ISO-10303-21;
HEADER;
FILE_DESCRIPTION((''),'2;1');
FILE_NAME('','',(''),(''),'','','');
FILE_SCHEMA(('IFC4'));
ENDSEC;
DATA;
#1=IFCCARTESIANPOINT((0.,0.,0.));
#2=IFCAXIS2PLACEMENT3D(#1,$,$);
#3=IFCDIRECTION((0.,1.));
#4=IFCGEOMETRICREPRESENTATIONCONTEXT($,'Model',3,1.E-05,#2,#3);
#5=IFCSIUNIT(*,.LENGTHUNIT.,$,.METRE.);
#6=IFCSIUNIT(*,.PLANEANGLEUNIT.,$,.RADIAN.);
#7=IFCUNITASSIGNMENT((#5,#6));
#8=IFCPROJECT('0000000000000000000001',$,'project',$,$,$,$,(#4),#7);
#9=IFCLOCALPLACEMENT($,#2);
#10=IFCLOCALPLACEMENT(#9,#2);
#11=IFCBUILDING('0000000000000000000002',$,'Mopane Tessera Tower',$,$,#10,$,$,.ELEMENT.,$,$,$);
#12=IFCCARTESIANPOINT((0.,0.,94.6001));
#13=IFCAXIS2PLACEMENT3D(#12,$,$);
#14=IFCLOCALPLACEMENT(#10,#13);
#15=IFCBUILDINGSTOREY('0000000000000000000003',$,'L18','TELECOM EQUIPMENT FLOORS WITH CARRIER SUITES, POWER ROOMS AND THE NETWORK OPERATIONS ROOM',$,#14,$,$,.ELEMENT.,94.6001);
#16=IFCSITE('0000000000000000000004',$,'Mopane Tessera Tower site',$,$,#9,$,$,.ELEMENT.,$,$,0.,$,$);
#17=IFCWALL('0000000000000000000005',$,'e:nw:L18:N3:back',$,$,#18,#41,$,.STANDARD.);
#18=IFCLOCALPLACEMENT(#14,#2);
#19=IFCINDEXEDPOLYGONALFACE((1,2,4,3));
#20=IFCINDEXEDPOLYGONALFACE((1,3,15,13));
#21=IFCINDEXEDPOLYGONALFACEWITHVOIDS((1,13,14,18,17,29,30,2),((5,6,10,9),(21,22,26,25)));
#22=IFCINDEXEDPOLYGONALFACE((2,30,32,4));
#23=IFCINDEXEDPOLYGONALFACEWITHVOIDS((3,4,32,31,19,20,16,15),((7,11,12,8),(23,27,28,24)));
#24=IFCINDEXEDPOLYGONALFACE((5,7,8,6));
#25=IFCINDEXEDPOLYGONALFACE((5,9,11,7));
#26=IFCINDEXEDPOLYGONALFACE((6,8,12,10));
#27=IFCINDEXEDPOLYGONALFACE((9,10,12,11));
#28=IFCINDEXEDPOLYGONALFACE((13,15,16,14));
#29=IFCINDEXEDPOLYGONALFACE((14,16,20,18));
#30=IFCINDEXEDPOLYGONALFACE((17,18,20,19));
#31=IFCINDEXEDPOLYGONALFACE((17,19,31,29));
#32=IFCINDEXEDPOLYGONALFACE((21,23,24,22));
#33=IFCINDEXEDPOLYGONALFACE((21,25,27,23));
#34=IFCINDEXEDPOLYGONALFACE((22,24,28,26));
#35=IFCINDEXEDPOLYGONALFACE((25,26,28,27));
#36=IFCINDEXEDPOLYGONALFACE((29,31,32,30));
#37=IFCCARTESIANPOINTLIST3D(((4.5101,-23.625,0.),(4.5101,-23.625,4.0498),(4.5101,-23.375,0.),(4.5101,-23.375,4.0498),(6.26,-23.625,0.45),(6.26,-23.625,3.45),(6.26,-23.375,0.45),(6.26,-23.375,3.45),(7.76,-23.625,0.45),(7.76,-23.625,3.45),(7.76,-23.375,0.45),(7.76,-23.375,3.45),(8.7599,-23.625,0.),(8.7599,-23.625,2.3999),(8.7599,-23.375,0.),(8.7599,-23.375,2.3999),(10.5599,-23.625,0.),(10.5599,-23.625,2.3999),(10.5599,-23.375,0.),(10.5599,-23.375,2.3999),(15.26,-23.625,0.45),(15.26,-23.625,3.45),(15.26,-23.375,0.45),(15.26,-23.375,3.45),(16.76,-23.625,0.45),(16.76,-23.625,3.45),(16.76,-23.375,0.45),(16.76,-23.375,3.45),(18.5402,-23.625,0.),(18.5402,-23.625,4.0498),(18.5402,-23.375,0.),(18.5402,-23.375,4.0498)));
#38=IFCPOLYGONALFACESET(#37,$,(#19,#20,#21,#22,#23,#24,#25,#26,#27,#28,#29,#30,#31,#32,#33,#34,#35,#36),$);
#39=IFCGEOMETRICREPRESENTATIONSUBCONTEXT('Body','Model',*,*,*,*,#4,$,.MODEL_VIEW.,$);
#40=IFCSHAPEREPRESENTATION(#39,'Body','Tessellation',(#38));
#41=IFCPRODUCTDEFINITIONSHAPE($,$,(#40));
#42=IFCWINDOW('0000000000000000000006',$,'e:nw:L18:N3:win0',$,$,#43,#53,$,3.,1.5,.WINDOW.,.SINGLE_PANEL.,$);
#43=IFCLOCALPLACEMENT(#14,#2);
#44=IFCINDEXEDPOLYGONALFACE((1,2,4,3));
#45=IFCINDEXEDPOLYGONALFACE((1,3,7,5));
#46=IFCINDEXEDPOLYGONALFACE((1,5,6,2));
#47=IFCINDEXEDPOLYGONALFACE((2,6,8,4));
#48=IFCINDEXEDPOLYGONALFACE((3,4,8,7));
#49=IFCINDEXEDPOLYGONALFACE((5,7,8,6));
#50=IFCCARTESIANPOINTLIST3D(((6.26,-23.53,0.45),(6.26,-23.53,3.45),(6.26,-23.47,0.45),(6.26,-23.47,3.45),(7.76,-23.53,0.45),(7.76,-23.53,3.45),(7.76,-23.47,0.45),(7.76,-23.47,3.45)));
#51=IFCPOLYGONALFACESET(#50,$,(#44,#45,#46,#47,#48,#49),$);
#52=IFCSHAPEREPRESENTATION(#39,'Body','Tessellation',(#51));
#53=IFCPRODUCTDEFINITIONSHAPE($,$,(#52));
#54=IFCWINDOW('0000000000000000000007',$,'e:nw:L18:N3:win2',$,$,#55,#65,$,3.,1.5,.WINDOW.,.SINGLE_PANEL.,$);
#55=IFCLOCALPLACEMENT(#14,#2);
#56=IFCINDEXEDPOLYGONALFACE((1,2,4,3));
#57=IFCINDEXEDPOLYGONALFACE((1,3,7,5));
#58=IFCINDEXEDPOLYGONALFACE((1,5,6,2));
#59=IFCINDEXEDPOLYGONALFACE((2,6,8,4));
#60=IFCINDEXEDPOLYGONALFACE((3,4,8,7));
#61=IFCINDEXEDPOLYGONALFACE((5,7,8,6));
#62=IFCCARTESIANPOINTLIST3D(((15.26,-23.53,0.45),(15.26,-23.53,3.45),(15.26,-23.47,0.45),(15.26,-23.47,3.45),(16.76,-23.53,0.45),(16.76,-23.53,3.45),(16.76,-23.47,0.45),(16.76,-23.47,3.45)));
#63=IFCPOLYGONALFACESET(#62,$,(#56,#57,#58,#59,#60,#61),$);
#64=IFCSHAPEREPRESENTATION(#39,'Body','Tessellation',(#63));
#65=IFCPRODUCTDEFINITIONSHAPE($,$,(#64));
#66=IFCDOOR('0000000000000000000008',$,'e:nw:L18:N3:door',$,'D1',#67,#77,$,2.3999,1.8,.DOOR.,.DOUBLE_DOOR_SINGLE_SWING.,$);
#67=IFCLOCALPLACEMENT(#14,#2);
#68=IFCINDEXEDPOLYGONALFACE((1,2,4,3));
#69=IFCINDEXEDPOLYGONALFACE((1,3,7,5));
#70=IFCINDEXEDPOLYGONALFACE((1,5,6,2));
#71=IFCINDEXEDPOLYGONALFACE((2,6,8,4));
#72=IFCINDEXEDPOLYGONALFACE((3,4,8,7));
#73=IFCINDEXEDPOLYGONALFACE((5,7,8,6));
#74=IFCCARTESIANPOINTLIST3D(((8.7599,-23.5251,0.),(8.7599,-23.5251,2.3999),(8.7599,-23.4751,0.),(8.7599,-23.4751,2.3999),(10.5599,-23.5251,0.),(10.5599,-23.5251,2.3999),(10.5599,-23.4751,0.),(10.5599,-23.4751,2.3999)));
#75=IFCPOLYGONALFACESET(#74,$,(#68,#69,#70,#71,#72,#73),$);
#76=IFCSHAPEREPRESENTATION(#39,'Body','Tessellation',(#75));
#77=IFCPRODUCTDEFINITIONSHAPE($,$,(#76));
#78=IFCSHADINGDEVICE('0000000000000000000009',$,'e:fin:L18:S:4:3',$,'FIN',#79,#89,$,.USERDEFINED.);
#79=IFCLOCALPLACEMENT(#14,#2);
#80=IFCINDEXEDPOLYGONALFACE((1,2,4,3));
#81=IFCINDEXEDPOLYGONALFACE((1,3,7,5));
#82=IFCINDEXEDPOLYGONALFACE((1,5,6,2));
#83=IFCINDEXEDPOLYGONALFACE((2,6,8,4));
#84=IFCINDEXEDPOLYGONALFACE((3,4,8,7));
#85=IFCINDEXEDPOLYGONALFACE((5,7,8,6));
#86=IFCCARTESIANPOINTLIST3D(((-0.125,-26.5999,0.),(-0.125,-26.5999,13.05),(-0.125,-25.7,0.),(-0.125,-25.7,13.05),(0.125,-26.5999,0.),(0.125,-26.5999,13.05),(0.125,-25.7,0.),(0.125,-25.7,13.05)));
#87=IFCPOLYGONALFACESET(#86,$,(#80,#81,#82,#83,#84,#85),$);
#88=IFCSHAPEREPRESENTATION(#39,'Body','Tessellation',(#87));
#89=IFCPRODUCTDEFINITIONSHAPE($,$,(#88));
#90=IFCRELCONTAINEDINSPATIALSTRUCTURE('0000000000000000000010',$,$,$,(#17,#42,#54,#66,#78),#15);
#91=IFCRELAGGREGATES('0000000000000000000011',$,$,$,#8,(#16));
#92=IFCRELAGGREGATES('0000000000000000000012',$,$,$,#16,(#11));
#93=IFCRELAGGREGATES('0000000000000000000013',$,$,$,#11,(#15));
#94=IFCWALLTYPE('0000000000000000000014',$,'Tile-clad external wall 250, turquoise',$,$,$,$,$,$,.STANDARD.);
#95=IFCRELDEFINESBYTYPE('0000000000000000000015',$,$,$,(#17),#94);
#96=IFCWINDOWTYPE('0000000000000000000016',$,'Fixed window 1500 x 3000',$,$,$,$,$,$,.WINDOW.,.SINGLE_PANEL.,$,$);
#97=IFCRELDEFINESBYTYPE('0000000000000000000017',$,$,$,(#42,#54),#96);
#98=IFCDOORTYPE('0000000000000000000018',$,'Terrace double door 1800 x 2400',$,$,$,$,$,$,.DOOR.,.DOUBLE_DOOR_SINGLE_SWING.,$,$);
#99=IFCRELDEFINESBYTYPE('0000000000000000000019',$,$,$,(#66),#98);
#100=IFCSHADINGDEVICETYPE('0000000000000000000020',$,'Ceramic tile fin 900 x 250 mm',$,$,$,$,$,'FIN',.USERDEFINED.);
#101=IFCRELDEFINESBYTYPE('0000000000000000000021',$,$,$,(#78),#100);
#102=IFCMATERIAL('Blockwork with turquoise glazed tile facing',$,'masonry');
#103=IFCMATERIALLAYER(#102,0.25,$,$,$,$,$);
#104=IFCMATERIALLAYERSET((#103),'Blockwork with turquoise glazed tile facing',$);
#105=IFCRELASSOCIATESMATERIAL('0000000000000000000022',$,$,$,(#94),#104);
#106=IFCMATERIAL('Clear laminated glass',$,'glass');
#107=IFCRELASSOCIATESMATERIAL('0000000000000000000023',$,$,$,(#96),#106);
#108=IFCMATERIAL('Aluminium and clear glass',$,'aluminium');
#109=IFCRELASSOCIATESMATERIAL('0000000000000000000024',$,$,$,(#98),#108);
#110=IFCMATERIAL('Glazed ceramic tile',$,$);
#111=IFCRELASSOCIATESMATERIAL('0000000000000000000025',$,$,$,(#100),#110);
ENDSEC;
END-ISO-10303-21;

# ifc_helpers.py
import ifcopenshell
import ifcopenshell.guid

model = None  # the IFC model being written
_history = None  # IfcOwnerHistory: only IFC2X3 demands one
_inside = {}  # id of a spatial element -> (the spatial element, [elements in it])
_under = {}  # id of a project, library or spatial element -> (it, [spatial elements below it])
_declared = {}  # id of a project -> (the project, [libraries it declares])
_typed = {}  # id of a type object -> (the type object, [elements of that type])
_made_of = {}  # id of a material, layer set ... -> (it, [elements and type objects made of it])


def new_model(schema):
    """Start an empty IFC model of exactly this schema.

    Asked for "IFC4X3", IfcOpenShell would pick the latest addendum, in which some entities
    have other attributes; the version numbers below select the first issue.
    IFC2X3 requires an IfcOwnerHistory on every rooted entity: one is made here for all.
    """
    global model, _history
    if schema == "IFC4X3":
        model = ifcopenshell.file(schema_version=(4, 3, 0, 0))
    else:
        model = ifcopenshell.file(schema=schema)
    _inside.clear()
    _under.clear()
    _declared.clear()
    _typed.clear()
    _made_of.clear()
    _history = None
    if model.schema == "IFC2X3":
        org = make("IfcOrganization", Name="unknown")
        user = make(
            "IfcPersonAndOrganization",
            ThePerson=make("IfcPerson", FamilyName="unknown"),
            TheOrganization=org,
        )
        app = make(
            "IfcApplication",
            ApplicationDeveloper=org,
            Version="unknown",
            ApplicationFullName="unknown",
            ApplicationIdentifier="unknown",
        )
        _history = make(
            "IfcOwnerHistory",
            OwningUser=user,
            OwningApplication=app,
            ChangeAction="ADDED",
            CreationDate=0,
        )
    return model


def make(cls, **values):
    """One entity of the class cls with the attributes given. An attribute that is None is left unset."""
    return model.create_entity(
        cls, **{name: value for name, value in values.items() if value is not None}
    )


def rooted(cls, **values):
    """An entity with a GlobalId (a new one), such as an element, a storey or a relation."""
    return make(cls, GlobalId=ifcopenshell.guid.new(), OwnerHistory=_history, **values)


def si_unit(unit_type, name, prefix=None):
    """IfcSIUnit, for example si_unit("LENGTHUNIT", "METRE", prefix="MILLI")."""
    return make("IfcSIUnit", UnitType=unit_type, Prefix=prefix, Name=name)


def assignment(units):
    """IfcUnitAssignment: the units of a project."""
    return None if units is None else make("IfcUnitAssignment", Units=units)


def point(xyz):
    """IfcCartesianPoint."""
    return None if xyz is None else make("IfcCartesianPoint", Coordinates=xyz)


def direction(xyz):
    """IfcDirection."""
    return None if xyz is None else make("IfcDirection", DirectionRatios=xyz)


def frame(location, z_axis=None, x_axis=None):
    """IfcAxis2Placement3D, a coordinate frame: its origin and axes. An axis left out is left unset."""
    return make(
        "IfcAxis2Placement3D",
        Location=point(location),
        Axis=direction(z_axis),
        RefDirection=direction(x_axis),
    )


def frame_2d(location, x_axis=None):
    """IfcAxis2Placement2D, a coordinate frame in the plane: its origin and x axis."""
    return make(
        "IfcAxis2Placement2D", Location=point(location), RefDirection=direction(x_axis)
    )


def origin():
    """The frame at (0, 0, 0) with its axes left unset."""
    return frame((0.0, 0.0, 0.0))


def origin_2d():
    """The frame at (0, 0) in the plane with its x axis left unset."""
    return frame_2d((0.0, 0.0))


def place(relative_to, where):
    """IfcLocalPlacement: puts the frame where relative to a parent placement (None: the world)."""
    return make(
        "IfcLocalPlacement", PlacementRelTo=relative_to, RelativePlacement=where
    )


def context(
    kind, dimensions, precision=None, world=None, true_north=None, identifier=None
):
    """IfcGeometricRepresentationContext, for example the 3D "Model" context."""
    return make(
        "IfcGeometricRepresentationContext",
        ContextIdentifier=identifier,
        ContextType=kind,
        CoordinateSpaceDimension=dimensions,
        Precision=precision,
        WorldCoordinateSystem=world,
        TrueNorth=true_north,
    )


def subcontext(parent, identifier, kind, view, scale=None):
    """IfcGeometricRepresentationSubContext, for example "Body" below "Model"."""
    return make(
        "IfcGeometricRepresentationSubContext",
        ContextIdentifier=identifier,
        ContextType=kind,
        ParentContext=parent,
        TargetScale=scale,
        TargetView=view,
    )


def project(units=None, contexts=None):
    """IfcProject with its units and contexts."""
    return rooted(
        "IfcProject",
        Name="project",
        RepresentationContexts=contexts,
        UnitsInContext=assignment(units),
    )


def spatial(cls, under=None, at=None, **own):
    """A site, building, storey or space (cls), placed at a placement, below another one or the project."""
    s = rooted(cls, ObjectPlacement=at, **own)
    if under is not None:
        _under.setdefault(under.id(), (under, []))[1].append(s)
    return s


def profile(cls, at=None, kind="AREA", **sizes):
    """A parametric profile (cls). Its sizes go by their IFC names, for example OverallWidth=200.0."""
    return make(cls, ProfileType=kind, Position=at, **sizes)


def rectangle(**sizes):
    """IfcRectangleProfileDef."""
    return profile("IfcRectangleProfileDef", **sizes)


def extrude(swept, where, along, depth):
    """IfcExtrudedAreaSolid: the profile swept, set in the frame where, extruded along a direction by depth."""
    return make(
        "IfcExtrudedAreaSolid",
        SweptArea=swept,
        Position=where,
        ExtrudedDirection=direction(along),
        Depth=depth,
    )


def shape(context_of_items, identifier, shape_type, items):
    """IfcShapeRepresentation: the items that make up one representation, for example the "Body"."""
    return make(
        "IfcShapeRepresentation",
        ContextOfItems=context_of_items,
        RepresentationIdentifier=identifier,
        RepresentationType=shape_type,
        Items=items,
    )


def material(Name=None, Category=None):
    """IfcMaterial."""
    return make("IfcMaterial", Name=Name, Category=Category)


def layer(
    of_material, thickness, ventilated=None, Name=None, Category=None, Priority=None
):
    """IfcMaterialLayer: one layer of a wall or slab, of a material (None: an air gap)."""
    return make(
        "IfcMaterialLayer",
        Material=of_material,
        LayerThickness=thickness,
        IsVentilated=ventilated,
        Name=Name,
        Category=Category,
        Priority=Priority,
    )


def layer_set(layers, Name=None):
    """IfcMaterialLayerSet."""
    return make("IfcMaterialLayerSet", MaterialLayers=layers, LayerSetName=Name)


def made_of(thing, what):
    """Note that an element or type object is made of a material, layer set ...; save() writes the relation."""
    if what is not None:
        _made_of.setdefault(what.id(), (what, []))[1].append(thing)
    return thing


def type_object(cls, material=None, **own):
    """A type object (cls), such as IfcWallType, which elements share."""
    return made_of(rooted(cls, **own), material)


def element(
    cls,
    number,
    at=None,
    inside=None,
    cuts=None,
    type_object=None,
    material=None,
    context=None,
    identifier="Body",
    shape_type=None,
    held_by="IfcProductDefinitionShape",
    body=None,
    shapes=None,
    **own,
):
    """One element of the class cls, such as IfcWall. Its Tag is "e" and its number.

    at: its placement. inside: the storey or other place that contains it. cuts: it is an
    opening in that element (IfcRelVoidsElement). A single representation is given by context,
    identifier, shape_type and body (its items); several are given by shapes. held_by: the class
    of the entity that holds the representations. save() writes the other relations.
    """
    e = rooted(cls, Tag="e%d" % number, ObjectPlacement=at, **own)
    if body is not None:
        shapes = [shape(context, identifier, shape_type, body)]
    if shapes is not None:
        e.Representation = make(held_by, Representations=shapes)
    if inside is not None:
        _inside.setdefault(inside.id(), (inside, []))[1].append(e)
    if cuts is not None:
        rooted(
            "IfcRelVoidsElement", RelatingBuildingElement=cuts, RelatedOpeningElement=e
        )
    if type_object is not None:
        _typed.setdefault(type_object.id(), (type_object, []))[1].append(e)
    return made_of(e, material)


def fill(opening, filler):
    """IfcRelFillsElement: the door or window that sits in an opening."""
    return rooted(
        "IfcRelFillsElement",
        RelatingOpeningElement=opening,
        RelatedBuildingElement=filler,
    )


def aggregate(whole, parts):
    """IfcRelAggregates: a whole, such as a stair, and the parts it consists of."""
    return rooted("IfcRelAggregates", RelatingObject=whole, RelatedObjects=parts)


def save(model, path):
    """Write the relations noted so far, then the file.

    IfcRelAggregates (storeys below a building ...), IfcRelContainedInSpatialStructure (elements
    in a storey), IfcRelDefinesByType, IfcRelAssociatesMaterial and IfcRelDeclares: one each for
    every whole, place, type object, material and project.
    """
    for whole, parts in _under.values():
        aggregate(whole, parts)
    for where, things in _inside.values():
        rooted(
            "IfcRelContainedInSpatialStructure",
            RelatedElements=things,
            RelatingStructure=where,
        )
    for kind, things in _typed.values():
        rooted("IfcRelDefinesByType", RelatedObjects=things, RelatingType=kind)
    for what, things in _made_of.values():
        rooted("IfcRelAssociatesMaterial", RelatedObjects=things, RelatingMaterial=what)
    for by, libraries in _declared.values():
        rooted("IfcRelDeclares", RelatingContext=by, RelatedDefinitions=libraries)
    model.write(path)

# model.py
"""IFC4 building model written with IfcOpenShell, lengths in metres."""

from ifc_helpers import new_model, si_unit, direction, frame, frame_2d, origin, origin_2d, place, context, subcontext, project, spatial, rectangle, extrude, material, layer, layer_set, type_object, element, fill, save


model = new_model("IFC4")

# Units and contexts
model_context = context("Model", 3, precision=1e-05, world=origin(), true_north=direction((0.0, 1.0)))
body_context = subcontext(model_context, "Body", "Model", "MODEL_VIEW")
ifc_project = project(units=[si_unit("LENGTHUNIT", "METRE"), si_unit("PLANEANGLEUNIT", "RADIAN")], contexts=[model_context])

# Site, building, storey
site_placement = place(None, origin())
site = spatial("IfcSite", under=ifc_project, at=site_placement, Name="Mopane Tessera Tower site", CompositionType="ELEMENT", RefElevation=0.0)
building_placement = place(site_placement, origin())
building = spatial("IfcBuilding", under=site, at=building_placement, Name="Mopane Tessera Tower", CompositionType="ELEMENT")
storey_placement = place(building_placement, frame((0.0, 0.0, 94.6001)))
storey = spatial("IfcBuildingStorey", under=building, at=storey_placement, Name="L18", Description="TELECOM EQUIPMENT FLOORS WITH CARRIER SUITES, POWER ROOMS AND THE NETWORK OPERATIONS ROOM", CompositionType="ELEMENT", Elevation=94.6001)

# Wall, openings, windows, door
ifc_material_1 = material(Name="Blockwork with turquoise glazed tile facing", Category="masonry")
ifc_layer_1 = layer(ifc_material_1, 0.25)
ifc_layer_set_1 = layer_set([ifc_layer_1], Name="Blockwork with turquoise glazed tile facing")
wall_type_1 = type_object("IfcWallType", Name="Tile-clad external wall 250, turquoise", PredefinedType="STANDARD", material=ifc_layer_set_1)
wall_1_placement = place(storey_placement, frame((4.51, -23.5, 0.0), z_axis=(0.0, 0.0, 1.0), x_axis=(1.0, 0.0, 0.0)))
wall_1 = element("IfcWall", 1, at=wall_1_placement, inside=storey, type_object=wall_type_1, Name="e:nw:L18:N3:back", PredefinedType="STANDARD", context=body_context, shape_type="SweptSolid", body=[
    extrude(rectangle(XDim=14.03, YDim=0.25, at=frame_2d((7.0151, 0.0))), origin(), (0.0, 0.0, 1.0), 4.0498),
])
opening_1_placement = place(wall_1_placement, frame((1.75, 0.0, 0.45)))
opening_1 = element("IfcOpeningElement", 2, at=opening_1_placement, cuts=wall_1, PredefinedType="OPENING", context=body_context, shape_type="SweptSolid", body=[
    extrude(rectangle(XDim=1.5, YDim=3.0, at=frame_2d((0.75, 1.5))), frame((0.0, 0.137, 0.0), z_axis=(0.0, -1.0, 0.0), x_axis=(1.0, 0.0, 0.0)), (0.0, 0.0, 1.0), 0.2739),
])
opening_2_placement = place(wall_1_placement, frame((4.25, 0.0, 0.0)))
opening_2 = element("IfcOpeningElement", 3, at=opening_2_placement, cuts=wall_1, PredefinedType="OPENING", context=body_context, shape_type="SweptSolid", body=[
    extrude(rectangle(XDim=1.8, YDim=2.3999, at=frame_2d((0.8999, 1.2))), frame((0.0, 0.137, 0.0), z_axis=(0.0, -1.0, 0.0), x_axis=(1.0, 0.0, 0.0)), (0.0, 0.0, 1.0), 0.2739),
])
opening_3_placement = place(wall_1_placement, frame((10.75, 0.0, 0.45)))
opening_3 = element("IfcOpeningElement", 4, at=opening_3_placement, cuts=wall_1, PredefinedType="OPENING", context=body_context, shape_type="SweptSolid", body=[
    extrude(rectangle(XDim=1.5, YDim=3.0, at=frame_2d((0.75, 1.5))), frame((0.0, 0.137, 0.0), z_axis=(0.0, -1.0, 0.0), x_axis=(1.0, 0.0, 0.0)), (0.0, 0.0, 1.0), 0.2739),
])
ifc_material_2 = material(Name="Clear laminated glass", Category="glass")
window_type = type_object("IfcWindowType", Name="Fixed window 1500 x 3000", PartitioningType="SINGLE_PANEL", PredefinedType="WINDOW", material=ifc_material_2)
window_1_placement = place(opening_1_placement, origin())
window_1 = element("IfcWindow", 5, at=window_1_placement, inside=storey, type_object=window_type, Name="e:nw:L18:N3:win0", OverallHeight=3.0, OverallWidth=1.5, PartitioningType="SINGLE_PANEL", PredefinedType="WINDOW", context=body_context, shape_type="SweptSolid", body=[
    extrude(rectangle(XDim=1.5, YDim=3.0, at=frame_2d((0.75, 1.5))), frame((0.0, 0.03, 0.0), z_axis=(0.0, -1.0, 0.0), x_axis=(1.0, 0.0, 0.0)), (0.0, 0.0, 1.0), 0.0601),
])
fill(opening_1, window_1)
window_2_placement = place(opening_3_placement, origin())
window_2 = element("IfcWindow", 6, at=window_2_placement, inside=storey, type_object=window_type, Name="e:nw:L18:N3:win2", OverallHeight=3.0, OverallWidth=1.5, PartitioningType="SINGLE_PANEL", PredefinedType="WINDOW", context=body_context, shape_type="SweptSolid", body=[
    extrude(rectangle(XDim=1.5, YDim=3.0, at=frame_2d((0.75, 1.5))), frame((0.0, 0.03, 0.0), z_axis=(0.0, -1.0, 0.0), x_axis=(1.0, 0.0, 0.0)), (0.0, 0.0, 1.0), 0.0601),
])
fill(opening_3, window_2)
ifc_material_3 = material(Name="Aluminium and clear glass", Category="aluminium")
door_type = type_object("IfcDoorType", Name="Terrace double door 1800 x 2400", OperationType="DOUBLE_DOOR_SINGLE_SWING", PredefinedType="DOOR", material=ifc_material_3)
door_1_placement = place(opening_2_placement, origin())
door_1 = element("IfcDoor", 7, at=door_1_placement, inside=storey, type_object=door_type, Name="e:nw:L18:N3:door", ObjectType="D1", OperationType="DOUBLE_DOOR_SINGLE_SWING", OverallHeight=2.3999, OverallWidth=1.8, PredefinedType="DOOR", context=body_context, shape_type="SweptSolid", body=[
    extrude(rectangle(XDim=1.8, YDim=2.3999, at=frame_2d((0.8999, 1.2))), frame((0.0, 0.0249, 0.0), z_axis=(0.0, -1.0, 0.0), x_axis=(1.0, 0.0, 0.0)), (0.0, 0.0, 1.0), 0.05),
])
fill(opening_2, door_1)

# Shading device
ifc_material_4 = material(Name="Glazed ceramic tile")
shading_device_type = type_object("IfcShadingDeviceType", Name="Ceramic tile fin 900 x 250 mm", ElementType="FIN", PredefinedType="USERDEFINED", material=ifc_material_4)
shading_device_placement = place(storey_placement, frame((0.0, -26.1499, 0.0), z_axis=(0.0, 0.0, 1.0), x_axis=(1.0, 0.0, 0.0)))
element("IfcShadingDevice", 8, at=shading_device_placement, inside=storey, type_object=shading_device_type, Name="e:fin:L18:S:4:3", ObjectType="FIN", PredefinedType="USERDEFINED", context=body_context, shape_type="SweptSolid", body=[
    extrude(rectangle(XDim=0.25, YDim=0.8999, at=origin_2d()), origin(), (0.0, 0.0, 1.0), 13.05),
])

save(model, "model.ifc")
